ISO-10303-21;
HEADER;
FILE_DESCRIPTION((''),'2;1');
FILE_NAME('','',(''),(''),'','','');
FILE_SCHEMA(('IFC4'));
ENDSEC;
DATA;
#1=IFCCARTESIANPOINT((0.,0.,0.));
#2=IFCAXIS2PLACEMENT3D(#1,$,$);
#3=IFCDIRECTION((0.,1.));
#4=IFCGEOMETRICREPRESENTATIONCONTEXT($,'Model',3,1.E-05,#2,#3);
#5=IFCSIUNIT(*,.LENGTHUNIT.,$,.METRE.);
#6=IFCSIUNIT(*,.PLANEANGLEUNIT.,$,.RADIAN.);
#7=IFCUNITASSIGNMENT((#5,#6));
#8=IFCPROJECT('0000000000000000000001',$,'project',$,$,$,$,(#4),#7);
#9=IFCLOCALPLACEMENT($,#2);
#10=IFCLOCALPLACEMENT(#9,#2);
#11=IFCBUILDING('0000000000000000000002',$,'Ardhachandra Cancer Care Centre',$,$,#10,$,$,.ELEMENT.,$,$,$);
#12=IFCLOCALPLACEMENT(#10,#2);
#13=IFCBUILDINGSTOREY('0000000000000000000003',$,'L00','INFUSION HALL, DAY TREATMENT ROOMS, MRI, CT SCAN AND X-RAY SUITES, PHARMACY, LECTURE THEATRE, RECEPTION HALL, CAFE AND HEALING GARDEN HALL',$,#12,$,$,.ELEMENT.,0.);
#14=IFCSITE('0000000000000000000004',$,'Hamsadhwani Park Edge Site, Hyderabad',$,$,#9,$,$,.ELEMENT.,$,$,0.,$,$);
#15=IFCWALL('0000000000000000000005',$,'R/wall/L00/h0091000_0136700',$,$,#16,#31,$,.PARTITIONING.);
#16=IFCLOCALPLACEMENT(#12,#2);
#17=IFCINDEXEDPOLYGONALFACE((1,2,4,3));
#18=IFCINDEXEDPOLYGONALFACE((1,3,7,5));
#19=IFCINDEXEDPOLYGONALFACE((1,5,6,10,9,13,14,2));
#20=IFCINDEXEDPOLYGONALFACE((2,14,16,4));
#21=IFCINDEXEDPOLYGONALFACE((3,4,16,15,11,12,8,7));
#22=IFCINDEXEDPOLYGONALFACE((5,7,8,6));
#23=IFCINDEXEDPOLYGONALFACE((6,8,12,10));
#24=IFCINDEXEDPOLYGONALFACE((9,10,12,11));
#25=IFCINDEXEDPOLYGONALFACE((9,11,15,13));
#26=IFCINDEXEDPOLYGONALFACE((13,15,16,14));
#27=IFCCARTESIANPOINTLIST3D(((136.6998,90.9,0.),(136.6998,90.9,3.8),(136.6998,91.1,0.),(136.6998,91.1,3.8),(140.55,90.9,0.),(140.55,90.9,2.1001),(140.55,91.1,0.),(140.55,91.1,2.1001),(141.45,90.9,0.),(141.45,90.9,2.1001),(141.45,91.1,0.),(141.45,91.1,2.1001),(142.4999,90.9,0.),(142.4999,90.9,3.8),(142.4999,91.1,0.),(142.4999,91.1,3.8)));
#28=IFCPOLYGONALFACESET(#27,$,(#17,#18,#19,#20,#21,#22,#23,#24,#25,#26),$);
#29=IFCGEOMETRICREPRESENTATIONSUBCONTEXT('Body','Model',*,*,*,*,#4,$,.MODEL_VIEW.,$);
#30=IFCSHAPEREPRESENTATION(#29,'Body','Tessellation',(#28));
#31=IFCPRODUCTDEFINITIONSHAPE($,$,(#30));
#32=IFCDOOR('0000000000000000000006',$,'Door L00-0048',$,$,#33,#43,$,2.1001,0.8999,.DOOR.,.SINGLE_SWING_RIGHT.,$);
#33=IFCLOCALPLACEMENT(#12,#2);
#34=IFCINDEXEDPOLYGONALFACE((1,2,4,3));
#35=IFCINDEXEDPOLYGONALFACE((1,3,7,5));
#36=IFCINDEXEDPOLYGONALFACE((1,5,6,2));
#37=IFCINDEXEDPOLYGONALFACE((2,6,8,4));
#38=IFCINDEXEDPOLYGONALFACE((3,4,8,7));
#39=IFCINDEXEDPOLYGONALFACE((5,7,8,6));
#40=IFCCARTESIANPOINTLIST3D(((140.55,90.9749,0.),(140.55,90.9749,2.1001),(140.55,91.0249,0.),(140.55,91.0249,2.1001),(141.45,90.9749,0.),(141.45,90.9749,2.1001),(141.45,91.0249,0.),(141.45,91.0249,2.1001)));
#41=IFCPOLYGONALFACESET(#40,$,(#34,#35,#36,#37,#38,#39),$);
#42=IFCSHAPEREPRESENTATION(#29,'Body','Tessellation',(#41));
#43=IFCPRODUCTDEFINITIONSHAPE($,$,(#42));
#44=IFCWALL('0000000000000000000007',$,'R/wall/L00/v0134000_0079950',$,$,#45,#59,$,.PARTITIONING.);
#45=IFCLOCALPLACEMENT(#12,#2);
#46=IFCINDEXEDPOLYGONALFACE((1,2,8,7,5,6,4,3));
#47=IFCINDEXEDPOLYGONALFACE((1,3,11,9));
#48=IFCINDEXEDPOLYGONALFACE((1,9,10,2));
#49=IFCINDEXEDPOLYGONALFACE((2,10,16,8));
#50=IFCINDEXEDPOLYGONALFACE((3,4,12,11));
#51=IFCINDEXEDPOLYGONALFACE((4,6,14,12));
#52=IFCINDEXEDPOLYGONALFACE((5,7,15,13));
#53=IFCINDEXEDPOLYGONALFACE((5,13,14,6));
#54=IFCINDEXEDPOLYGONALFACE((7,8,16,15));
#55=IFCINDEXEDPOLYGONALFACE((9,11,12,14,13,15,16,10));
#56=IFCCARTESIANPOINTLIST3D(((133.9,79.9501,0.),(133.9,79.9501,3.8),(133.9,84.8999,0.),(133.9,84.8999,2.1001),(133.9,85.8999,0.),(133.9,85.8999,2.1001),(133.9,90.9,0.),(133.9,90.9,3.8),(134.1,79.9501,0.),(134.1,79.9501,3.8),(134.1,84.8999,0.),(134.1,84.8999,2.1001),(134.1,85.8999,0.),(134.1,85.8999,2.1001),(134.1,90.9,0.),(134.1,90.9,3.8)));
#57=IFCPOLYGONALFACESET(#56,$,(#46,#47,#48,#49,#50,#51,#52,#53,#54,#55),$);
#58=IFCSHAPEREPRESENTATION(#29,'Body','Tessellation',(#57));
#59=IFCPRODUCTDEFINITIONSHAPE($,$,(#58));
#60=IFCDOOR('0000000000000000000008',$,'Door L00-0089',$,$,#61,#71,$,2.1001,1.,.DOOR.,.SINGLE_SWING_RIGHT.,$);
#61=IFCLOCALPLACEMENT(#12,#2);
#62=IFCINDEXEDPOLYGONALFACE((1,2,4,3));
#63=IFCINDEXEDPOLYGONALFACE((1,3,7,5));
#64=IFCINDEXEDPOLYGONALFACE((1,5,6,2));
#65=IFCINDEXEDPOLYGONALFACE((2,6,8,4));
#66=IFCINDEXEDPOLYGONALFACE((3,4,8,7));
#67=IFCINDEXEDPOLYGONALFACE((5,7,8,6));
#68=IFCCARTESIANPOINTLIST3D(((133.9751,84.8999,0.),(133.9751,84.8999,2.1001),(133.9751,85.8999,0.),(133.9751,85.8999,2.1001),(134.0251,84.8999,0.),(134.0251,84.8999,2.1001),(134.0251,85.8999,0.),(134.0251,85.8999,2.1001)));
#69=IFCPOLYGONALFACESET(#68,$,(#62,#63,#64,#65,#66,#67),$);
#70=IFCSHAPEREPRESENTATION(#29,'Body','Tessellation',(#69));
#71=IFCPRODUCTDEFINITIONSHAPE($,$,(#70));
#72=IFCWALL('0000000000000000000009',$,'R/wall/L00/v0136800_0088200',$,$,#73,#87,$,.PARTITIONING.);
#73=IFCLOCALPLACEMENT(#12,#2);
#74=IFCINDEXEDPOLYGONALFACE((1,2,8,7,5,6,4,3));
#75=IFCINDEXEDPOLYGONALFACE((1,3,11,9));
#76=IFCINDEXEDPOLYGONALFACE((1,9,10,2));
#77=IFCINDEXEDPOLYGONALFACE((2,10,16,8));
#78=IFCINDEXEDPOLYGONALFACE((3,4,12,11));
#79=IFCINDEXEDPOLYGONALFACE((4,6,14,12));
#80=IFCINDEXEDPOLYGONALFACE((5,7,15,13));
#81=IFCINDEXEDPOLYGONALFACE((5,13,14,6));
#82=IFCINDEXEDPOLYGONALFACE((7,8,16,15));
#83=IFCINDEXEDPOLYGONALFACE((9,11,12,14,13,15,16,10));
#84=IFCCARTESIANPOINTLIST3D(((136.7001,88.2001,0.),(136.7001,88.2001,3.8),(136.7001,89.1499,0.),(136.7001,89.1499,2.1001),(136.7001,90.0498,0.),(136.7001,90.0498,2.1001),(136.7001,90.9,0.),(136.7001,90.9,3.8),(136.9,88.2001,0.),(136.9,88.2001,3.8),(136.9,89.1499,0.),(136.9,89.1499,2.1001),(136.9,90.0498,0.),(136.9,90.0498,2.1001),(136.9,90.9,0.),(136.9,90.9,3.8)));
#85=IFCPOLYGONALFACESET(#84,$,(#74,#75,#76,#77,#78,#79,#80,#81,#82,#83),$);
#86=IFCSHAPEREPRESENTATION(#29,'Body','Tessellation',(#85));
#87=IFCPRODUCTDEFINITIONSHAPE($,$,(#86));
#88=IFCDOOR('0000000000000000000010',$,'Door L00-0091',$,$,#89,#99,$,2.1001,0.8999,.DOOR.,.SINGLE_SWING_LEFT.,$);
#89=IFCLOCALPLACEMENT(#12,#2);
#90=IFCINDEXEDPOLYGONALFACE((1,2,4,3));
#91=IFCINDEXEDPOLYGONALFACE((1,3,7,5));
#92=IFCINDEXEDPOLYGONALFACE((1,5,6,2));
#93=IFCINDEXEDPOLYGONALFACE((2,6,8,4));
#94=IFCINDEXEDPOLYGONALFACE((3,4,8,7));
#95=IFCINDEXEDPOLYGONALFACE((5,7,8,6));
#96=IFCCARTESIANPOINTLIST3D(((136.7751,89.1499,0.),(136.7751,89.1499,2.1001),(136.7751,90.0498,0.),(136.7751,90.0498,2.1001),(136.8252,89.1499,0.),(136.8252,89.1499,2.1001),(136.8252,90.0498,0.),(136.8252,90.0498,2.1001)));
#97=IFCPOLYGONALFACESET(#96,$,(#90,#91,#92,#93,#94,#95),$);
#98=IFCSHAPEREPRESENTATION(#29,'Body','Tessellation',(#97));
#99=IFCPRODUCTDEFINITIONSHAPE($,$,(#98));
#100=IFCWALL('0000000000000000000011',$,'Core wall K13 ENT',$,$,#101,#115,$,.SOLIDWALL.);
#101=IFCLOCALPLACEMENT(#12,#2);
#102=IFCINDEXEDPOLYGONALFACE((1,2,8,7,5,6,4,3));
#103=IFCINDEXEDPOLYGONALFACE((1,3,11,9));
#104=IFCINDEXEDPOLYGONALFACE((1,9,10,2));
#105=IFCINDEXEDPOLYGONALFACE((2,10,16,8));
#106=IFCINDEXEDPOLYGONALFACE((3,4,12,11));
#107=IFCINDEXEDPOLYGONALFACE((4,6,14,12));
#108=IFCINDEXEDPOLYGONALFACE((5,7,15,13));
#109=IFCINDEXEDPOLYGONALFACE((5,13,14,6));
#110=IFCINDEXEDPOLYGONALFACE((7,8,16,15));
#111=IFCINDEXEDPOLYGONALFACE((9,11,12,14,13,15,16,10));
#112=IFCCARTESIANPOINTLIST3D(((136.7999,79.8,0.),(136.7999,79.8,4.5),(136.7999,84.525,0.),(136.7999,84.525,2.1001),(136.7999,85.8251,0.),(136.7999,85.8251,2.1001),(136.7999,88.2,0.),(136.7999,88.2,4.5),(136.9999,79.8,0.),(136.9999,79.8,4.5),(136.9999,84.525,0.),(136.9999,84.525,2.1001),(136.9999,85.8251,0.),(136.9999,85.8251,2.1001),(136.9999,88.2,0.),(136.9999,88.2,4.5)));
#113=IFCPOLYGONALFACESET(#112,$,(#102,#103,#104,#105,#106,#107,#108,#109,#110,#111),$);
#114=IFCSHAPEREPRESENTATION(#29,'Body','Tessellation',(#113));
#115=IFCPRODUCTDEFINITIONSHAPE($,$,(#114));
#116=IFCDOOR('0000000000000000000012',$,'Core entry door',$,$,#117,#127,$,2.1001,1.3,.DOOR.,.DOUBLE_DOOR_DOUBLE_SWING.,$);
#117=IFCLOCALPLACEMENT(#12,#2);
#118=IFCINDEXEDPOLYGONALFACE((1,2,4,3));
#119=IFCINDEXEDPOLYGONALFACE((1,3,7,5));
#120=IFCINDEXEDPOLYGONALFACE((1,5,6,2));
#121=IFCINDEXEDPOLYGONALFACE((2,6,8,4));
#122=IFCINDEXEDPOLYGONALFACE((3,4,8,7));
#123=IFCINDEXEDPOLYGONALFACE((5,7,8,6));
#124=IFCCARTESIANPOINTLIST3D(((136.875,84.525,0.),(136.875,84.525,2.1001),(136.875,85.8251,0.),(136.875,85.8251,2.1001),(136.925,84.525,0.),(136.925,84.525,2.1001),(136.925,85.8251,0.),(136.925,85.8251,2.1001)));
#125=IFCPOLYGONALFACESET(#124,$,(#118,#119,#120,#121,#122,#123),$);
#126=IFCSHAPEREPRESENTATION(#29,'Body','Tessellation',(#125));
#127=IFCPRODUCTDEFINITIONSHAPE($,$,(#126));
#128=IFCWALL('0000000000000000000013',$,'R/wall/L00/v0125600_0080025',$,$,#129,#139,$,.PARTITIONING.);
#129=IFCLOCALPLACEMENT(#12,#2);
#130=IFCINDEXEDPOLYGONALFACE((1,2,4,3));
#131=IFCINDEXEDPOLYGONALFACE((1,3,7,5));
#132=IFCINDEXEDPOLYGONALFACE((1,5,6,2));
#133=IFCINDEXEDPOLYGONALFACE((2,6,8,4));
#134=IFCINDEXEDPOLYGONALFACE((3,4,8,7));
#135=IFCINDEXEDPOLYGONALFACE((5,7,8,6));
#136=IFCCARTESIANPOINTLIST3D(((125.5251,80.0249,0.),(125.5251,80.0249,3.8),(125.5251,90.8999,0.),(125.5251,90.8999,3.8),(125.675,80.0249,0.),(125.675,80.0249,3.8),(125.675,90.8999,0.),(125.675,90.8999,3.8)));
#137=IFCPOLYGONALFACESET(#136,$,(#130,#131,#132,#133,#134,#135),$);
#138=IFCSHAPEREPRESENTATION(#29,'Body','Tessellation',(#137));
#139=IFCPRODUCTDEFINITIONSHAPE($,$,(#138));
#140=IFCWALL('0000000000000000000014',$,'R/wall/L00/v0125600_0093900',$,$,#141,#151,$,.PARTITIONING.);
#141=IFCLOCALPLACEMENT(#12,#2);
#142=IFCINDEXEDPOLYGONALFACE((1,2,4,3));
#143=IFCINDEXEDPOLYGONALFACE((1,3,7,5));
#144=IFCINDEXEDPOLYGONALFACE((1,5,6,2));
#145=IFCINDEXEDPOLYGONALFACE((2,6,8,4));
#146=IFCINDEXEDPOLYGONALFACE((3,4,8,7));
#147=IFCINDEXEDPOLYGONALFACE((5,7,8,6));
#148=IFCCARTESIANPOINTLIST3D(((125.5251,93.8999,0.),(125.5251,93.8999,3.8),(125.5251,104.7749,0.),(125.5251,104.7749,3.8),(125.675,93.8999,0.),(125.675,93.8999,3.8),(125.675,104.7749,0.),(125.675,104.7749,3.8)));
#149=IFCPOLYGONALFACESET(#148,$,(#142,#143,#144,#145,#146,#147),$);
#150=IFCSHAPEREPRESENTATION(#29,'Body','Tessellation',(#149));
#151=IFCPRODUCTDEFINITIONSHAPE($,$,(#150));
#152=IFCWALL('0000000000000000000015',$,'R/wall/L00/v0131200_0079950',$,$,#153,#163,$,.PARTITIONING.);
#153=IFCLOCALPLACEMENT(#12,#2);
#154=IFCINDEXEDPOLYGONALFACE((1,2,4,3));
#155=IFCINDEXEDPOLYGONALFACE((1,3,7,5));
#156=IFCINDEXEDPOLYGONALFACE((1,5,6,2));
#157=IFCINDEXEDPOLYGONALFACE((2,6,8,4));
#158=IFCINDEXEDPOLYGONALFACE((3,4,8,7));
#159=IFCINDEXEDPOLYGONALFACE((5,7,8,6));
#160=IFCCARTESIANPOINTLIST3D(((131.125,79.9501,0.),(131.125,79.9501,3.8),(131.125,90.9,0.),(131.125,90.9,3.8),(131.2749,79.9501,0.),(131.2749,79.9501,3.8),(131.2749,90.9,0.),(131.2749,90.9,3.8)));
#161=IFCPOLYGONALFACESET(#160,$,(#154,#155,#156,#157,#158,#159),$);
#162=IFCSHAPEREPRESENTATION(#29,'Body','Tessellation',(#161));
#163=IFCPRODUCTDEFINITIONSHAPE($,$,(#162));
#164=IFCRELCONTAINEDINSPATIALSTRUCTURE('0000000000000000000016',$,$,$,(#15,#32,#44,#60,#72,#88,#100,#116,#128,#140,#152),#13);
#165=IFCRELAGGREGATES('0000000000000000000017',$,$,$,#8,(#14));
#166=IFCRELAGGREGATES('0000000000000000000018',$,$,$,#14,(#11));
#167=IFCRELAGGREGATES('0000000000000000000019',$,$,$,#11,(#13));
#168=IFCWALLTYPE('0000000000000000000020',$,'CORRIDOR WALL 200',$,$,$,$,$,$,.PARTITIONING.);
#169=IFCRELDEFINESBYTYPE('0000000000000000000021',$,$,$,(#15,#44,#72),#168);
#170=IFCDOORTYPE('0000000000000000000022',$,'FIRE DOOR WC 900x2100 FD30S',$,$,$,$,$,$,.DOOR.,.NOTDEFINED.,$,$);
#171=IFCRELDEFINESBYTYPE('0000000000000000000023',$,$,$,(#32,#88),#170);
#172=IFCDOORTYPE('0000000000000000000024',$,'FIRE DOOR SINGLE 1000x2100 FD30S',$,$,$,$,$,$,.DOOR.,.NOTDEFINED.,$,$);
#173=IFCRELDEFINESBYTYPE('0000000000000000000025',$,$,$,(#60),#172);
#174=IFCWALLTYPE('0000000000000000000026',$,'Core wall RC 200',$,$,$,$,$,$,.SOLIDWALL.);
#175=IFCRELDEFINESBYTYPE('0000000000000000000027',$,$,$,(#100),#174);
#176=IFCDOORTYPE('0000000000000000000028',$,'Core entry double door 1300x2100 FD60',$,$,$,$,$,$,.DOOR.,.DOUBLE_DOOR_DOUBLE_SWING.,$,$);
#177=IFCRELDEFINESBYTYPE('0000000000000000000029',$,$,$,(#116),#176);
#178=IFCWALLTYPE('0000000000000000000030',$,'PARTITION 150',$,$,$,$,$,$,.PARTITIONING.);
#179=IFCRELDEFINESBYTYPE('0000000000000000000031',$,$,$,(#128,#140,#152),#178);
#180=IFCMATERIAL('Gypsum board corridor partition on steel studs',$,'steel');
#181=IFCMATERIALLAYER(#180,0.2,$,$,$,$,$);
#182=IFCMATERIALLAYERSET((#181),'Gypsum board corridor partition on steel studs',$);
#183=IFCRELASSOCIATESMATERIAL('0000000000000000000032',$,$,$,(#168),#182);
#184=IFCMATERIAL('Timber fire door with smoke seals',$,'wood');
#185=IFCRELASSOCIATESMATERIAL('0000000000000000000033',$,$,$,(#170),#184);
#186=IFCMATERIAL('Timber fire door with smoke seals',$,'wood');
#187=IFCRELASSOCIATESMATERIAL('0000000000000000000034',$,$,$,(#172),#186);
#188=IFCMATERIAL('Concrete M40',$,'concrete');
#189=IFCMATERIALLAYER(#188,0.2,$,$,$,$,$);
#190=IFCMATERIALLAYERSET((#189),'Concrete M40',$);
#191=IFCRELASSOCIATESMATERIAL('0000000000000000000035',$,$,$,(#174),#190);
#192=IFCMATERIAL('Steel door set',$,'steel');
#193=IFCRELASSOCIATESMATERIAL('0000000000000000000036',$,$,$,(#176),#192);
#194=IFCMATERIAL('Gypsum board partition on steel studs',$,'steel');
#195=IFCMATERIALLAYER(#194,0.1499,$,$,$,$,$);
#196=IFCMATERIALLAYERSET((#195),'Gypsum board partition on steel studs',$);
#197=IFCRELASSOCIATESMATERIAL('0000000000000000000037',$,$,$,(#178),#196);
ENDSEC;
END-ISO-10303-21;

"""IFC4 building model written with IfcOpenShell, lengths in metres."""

from ifc_helpers import new_model, si_unit, direction, frame, frame_2d, origin, place, context, subcontext, project, spatial, rectangle, extrude, material, layer, layer_set, type_object, element, fill, save


model = new_model("IFC4")

# Units and contexts
model_context = context("Model", 3, precision=1e-05, world=origin(), true_north=direction((0.0, 1.0)))
body_context = subcontext(model_context, "Body", "Model", "MODEL_VIEW")
ifc_project = project(units=[si_unit("LENGTHUNIT", "METRE"), si_unit("PLANEANGLEUNIT", "RADIAN")], contexts=[model_context])

# Site, building, storey
site_placement = place(None, origin())
site = spatial("IfcSite", under=ifc_project, at=site_placement, Name="Hamsadhwani Park Edge Site, Hyderabad", CompositionType="ELEMENT", RefElevation=0.0)
building_placement = place(site_placement, origin())
building = spatial("IfcBuilding", under=site, at=building_placement, Name="Ardhachandra Cancer Care Centre", CompositionType="ELEMENT")
storey_placement = place(building_placement, origin())
storey = spatial("IfcBuildingStorey", under=building, at=storey_placement, Name="L00", Description="INFUSION HALL, DAY TREATMENT ROOMS, MRI, CT SCAN AND X-RAY SUITES, PHARMACY, LECTURE THEATRE, RECEPTION HALL, CAFE AND HEALING GARDEN HALL", CompositionType="ELEMENT", Elevation=0.0)

# Walls, openings, doors
ifc_material_1 = material(Name="Gypsum board corridor partition on steel studs", Category="steel")
ifc_layer_1 = layer(ifc_material_1, 0.2)
ifc_layer_set_1 = layer_set([ifc_layer_1], Name="Gypsum board corridor partition on steel studs")
wall_type_1 = type_object("IfcWallType", Name="CORRIDOR WALL 200", PredefinedType="PARTITIONING", material=ifc_layer_set_1)
wall_1_placement = place(storey_placement, frame((136.7, 91.0, 0.0), z_axis=(0.0, 0.0, 1.0), x_axis=(1.0, 0.0, 0.0)))
wall_1 = element("IfcWall", 1, at=wall_1_placement, inside=storey, type_object=wall_type_1, Name="R/wall/L00/h0091000_0136700", PredefinedType="PARTITIONING", context=body_context, shape_type="SweptSolid", body=[
    extrude(rectangle(XDim=5.8, YDim=0.2, at=frame_2d((2.8999, 0.0))), origin(), (0.0, 0.0, 1.0), 3.8),
])
opening_1_placement = place(wall_1_placement, frame((3.8501, 0.0, 0.0)))
opening_1 = element("IfcOpeningElement", 2, at=opening_1_placement, cuts=wall_1, PredefinedType="OPENING", context=body_context, shape_type="SweptSolid", body=[
    extrude(rectangle(XDim=0.8999, YDim=2.1001, at=frame_2d((0.45, 1.05))), frame((0.0, 0.1099, 0.0), z_axis=(0.0, -1.0, 0.0), x_axis=(1.0, 0.0, 0.0)), (0.0, 0.0, 1.0), 0.22),
])
ifc_material_2 = material(Name="Timber fire door with smoke seals", Category="wood")
door_type_1 = type_object("IfcDoorType", Name="FIRE DOOR WC 900x2100 FD30S", OperationType="NOTDEFINED", PredefinedType="DOOR", material=ifc_material_2)
door_1_placement = place(opening_1_placement, origin())
door_1 = element("IfcDoor", 3, at=door_1_placement, inside=storey, type_object=door_type_1, Name="Door L00-0048", OperationType="SINGLE_SWING_RIGHT", OverallHeight=2.1001, OverallWidth=0.8999, PredefinedType="DOOR", context=body_context, shape_type="SweptSolid", body=[
    extrude(rectangle(XDim=0.8999, YDim=2.1001, at=frame_2d((0.45, 1.05))), frame((0.0, 0.0249, 0.0), z_axis=(0.0, -1.0, 0.0), x_axis=(1.0, 0.0, 0.0)), (0.0, 0.0, 1.0), 0.05),
])
fill(opening_1, door_1)
wall_2_placement = place(storey_placement, frame((134.0, 79.95, 0.0), z_axis=(0.0, 0.0, 1.0), x_axis=(0.0, 1.0, 0.0)))
wall_2 = element("IfcWall", 4, at=wall_2_placement, inside=storey, type_object=wall_type_1, Name="R/wall/L00/v0134000_0079950", PredefinedType="PARTITIONING", context=body_context, shape_type="SweptSolid", body=[
    extrude(rectangle(XDim=10.95, YDim=0.2, at=frame_2d((5.4751, 0.0))), origin(), (0.0, 0.0, 1.0), 3.8),
])
opening_2_placement = place(wall_2_placement, frame((4.95, 0.0, 0.0)))
opening_2 = element("IfcOpeningElement", 5, at=opening_2_placement, cuts=wall_2, PredefinedType="OPENING", context=body_context, shape_type="SweptSolid", body=[
    extrude(rectangle(XDim=1.0, YDim=2.1001, at=frame_2d((0.5, 1.05))), frame((0.0, 0.1099, 0.0), z_axis=(0.0, -1.0, 0.0), x_axis=(1.0, 0.0, 0.0)), (0.0, 0.0, 1.0), 0.22),
])
ifc_material_3 = material(Name="Timber fire door with smoke seals", Category="wood")
door_type_2 = type_object("IfcDoorType", Name="FIRE DOOR SINGLE 1000x2100 FD30S", OperationType="NOTDEFINED", PredefinedType="DOOR", material=ifc_material_3)
door_2_placement = place(opening_2_placement, origin())
door_2 = element("IfcDoor", 6, at=door_2_placement, inside=storey, type_object=door_type_2, Name="Door L00-0089", OperationType="SINGLE_SWING_RIGHT", OverallHeight=2.1001, OverallWidth=1.0, PredefinedType="DOOR", context=body_context, shape_type="SweptSolid", body=[
    extrude(rectangle(XDim=1.0, YDim=2.1001, at=frame_2d((0.5, 1.05))), frame((0.0, 0.0249, 0.0), z_axis=(0.0, -1.0, 0.0), x_axis=(1.0, 0.0, 0.0)), (0.0, 0.0, 1.0), 0.05),
])
fill(opening_2, door_2)
wall_3_placement = place(storey_placement, frame((136.8, 88.2, 0.0), z_axis=(0.0, 0.0, 1.0), x_axis=(0.0, 1.0, 0.0)))
wall_3 = element("IfcWall", 7, at=wall_3_placement, inside=storey, type_object=wall_type_1, Name="R/wall/L00/v0136800_0088200", PredefinedType="PARTITIONING", context=body_context, shape_type="SweptSolid", body=[
    extrude(rectangle(XDim=2.7, YDim=0.2, at=frame_2d((1.3501, 0.0))), origin(), (0.0, 0.0, 1.0), 3.8),
])
opening_3_placement = place(wall_3_placement, frame((0.95, 0.0, 0.0)))
opening_3 = element("IfcOpeningElement", 8, at=opening_3_placement, cuts=wall_3, PredefinedType="OPENING", context=body_context, shape_type="SweptSolid", body=[
    extrude(rectangle(XDim=0.8999, YDim=2.1001, at=frame_2d((0.45, 1.05))), frame((0.0, 0.1099, 0.0), z_axis=(0.0, -1.0, 0.0), x_axis=(1.0, 0.0, 0.0)), (0.0, 0.0, 1.0), 0.22),
])
door_3_placement = place(opening_3_placement, origin())
door_3 = element("IfcDoor", 9, at=door_3_placement, inside=storey, type_object=door_type_1, Name="Door L00-0091", OperationType="SINGLE_SWING_LEFT", OverallHeight=2.1001, OverallWidth=0.8999, PredefinedType="DOOR", context=body_context, shape_type="SweptSolid", body=[
    extrude(rectangle(XDim=0.8999, YDim=2.1001, at=frame_2d((0.45, 1.05))), frame((0.0, 0.0249, 0.0), z_axis=(0.0, -1.0, 0.0), x_axis=(1.0, 0.0, 0.0)), (0.0, 0.0, 1.0), 0.05),
])
fill(opening_3, door_3)
ifc_material_4 = material(Name="Concrete M40", Category="concrete")
ifc_layer_2 = layer(ifc_material_4, 0.2)
ifc_layer_set_2 = layer_set([ifc_layer_2], Name="Concrete M40")
wall_type_2 = type_object("IfcWallType", Name="Core wall RC 200", PredefinedType="SOLIDWALL", material=ifc_layer_set_2)
wall_4_placement = place(storey_placement, frame((136.8999, 79.8, 0.0), z_axis=(0.0, 0.0, 1.0), x_axis=(0.0, 1.0, 0.0)))
wall_4 = element("IfcWall", 10, at=wall_4_placement, inside=storey, type_object=wall_type_2, Name="Core wall K13 ENT", PredefinedType="SOLIDWALL", context=body_context, shape_type="SweptSolid", body=[
    extrude(rectangle(XDim=8.3999, YDim=0.2, at=frame_2d((4.2, 0.0))), origin(), (0.0, 0.0, 1.0), 4.5),
])
opening_4_placement = place(wall_4_placement, frame((4.7251, 0.0, 0.0)))
opening_4 = element("IfcOpeningElement", 11, at=opening_4_placement, cuts=wall_4, PredefinedType="OPENING", context=body_context, shape_type="SweptSolid", body=[
    extrude(rectangle(XDim=1.3, YDim=2.1001, at=frame_2d((0.6499, 1.05))), frame((0.0, 0.1099, 0.0), z_axis=(0.0, -1.0, 0.0), x_axis=(1.0, 0.0, 0.0)), (0.0, 0.0, 1.0), 0.22),
])
ifc_material_5 = material(Name="Steel door set", Category="steel")
door_type_3 = type_object("IfcDoorType", Name="Core entry double door 1300x2100 FD60", OperationType="DOUBLE_DOOR_DOUBLE_SWING", PredefinedType="DOOR", material=ifc_material_5)
door_4_placement = place(opening_4_placement, origin())
door_4 = element("IfcDoor", 12, at=door_4_placement, inside=storey, type_object=door_type_3, Name="Core entry door", OperationType="DOUBLE_DOOR_DOUBLE_SWING", OverallHeight=2.1001, OverallWidth=1.3, PredefinedType="DOOR", context=body_context, shape_type="SweptSolid", body=[
    extrude(rectangle(XDim=1.3, YDim=2.1001, at=frame_2d((0.6499, 1.05))), frame((0.0, 0.0249, 0.0), z_axis=(0.0, -1.0, 0.0), x_axis=(1.0, 0.0, 0.0)), (0.0, 0.0, 1.0), 0.05),
])
fill(opening_4, door_4)

# Walls
ifc_material_6 = material(Name="Gypsum board partition on steel studs", Category="steel")
ifc_layer_3 = layer(ifc_material_6, 0.1499)
ifc_layer_set_3 = layer_set([ifc_layer_3], Name="Gypsum board partition on steel studs")
wall_type_3 = type_object("IfcWallType", Name="PARTITION 150", PredefinedType="PARTITIONING", material=ifc_layer_set_3)
for number, where, z_axis, x_axis, name in (
    (13, (125.6001, 80.0249, 0.0), (0.0, 0.0, 1.0), (0.0, 1.0, 0.0), "R/wall/L00/v0125600_0080025"),
    (14, (125.6001, 93.8999, 0.0), (0.0, 0.0, 1.0), (0.0, 1.0, 0.0), "R/wall/L00/v0125600_0093900"),
):
    element("IfcWall", number, at=place(storey_placement, frame(where, z_axis=z_axis, x_axis=x_axis)), inside=storey, type_object=wall_type_3, Name=name, PredefinedType="PARTITIONING", context=body_context, shape_type="SweptSolid", body=[
        extrude(rectangle(XDim=10.875, YDim=0.1499, at=frame_2d((5.4375, 0.0))), origin(), (0.0, 0.0, 1.0), 3.8),
    ])
wall_5_placement = place(storey_placement, frame((131.2, 79.95, 0.0), z_axis=(0.0, 0.0, 1.0), x_axis=(0.0, 1.0, 0.0)))
element("IfcWall", 15, at=wall_5_placement, inside=storey, type_object=wall_type_3, Name="R/wall/L00/v0131200_0079950", PredefinedType="PARTITIONING", context=body_context, shape_type="SweptSolid", body=[
    extrude(rectangle(XDim=10.95, YDim=0.1499, at=frame_2d((5.4751, 0.0))), origin(), (0.0, 0.0, 1.0), 3.8),
])

save(model, "model.ifc")
